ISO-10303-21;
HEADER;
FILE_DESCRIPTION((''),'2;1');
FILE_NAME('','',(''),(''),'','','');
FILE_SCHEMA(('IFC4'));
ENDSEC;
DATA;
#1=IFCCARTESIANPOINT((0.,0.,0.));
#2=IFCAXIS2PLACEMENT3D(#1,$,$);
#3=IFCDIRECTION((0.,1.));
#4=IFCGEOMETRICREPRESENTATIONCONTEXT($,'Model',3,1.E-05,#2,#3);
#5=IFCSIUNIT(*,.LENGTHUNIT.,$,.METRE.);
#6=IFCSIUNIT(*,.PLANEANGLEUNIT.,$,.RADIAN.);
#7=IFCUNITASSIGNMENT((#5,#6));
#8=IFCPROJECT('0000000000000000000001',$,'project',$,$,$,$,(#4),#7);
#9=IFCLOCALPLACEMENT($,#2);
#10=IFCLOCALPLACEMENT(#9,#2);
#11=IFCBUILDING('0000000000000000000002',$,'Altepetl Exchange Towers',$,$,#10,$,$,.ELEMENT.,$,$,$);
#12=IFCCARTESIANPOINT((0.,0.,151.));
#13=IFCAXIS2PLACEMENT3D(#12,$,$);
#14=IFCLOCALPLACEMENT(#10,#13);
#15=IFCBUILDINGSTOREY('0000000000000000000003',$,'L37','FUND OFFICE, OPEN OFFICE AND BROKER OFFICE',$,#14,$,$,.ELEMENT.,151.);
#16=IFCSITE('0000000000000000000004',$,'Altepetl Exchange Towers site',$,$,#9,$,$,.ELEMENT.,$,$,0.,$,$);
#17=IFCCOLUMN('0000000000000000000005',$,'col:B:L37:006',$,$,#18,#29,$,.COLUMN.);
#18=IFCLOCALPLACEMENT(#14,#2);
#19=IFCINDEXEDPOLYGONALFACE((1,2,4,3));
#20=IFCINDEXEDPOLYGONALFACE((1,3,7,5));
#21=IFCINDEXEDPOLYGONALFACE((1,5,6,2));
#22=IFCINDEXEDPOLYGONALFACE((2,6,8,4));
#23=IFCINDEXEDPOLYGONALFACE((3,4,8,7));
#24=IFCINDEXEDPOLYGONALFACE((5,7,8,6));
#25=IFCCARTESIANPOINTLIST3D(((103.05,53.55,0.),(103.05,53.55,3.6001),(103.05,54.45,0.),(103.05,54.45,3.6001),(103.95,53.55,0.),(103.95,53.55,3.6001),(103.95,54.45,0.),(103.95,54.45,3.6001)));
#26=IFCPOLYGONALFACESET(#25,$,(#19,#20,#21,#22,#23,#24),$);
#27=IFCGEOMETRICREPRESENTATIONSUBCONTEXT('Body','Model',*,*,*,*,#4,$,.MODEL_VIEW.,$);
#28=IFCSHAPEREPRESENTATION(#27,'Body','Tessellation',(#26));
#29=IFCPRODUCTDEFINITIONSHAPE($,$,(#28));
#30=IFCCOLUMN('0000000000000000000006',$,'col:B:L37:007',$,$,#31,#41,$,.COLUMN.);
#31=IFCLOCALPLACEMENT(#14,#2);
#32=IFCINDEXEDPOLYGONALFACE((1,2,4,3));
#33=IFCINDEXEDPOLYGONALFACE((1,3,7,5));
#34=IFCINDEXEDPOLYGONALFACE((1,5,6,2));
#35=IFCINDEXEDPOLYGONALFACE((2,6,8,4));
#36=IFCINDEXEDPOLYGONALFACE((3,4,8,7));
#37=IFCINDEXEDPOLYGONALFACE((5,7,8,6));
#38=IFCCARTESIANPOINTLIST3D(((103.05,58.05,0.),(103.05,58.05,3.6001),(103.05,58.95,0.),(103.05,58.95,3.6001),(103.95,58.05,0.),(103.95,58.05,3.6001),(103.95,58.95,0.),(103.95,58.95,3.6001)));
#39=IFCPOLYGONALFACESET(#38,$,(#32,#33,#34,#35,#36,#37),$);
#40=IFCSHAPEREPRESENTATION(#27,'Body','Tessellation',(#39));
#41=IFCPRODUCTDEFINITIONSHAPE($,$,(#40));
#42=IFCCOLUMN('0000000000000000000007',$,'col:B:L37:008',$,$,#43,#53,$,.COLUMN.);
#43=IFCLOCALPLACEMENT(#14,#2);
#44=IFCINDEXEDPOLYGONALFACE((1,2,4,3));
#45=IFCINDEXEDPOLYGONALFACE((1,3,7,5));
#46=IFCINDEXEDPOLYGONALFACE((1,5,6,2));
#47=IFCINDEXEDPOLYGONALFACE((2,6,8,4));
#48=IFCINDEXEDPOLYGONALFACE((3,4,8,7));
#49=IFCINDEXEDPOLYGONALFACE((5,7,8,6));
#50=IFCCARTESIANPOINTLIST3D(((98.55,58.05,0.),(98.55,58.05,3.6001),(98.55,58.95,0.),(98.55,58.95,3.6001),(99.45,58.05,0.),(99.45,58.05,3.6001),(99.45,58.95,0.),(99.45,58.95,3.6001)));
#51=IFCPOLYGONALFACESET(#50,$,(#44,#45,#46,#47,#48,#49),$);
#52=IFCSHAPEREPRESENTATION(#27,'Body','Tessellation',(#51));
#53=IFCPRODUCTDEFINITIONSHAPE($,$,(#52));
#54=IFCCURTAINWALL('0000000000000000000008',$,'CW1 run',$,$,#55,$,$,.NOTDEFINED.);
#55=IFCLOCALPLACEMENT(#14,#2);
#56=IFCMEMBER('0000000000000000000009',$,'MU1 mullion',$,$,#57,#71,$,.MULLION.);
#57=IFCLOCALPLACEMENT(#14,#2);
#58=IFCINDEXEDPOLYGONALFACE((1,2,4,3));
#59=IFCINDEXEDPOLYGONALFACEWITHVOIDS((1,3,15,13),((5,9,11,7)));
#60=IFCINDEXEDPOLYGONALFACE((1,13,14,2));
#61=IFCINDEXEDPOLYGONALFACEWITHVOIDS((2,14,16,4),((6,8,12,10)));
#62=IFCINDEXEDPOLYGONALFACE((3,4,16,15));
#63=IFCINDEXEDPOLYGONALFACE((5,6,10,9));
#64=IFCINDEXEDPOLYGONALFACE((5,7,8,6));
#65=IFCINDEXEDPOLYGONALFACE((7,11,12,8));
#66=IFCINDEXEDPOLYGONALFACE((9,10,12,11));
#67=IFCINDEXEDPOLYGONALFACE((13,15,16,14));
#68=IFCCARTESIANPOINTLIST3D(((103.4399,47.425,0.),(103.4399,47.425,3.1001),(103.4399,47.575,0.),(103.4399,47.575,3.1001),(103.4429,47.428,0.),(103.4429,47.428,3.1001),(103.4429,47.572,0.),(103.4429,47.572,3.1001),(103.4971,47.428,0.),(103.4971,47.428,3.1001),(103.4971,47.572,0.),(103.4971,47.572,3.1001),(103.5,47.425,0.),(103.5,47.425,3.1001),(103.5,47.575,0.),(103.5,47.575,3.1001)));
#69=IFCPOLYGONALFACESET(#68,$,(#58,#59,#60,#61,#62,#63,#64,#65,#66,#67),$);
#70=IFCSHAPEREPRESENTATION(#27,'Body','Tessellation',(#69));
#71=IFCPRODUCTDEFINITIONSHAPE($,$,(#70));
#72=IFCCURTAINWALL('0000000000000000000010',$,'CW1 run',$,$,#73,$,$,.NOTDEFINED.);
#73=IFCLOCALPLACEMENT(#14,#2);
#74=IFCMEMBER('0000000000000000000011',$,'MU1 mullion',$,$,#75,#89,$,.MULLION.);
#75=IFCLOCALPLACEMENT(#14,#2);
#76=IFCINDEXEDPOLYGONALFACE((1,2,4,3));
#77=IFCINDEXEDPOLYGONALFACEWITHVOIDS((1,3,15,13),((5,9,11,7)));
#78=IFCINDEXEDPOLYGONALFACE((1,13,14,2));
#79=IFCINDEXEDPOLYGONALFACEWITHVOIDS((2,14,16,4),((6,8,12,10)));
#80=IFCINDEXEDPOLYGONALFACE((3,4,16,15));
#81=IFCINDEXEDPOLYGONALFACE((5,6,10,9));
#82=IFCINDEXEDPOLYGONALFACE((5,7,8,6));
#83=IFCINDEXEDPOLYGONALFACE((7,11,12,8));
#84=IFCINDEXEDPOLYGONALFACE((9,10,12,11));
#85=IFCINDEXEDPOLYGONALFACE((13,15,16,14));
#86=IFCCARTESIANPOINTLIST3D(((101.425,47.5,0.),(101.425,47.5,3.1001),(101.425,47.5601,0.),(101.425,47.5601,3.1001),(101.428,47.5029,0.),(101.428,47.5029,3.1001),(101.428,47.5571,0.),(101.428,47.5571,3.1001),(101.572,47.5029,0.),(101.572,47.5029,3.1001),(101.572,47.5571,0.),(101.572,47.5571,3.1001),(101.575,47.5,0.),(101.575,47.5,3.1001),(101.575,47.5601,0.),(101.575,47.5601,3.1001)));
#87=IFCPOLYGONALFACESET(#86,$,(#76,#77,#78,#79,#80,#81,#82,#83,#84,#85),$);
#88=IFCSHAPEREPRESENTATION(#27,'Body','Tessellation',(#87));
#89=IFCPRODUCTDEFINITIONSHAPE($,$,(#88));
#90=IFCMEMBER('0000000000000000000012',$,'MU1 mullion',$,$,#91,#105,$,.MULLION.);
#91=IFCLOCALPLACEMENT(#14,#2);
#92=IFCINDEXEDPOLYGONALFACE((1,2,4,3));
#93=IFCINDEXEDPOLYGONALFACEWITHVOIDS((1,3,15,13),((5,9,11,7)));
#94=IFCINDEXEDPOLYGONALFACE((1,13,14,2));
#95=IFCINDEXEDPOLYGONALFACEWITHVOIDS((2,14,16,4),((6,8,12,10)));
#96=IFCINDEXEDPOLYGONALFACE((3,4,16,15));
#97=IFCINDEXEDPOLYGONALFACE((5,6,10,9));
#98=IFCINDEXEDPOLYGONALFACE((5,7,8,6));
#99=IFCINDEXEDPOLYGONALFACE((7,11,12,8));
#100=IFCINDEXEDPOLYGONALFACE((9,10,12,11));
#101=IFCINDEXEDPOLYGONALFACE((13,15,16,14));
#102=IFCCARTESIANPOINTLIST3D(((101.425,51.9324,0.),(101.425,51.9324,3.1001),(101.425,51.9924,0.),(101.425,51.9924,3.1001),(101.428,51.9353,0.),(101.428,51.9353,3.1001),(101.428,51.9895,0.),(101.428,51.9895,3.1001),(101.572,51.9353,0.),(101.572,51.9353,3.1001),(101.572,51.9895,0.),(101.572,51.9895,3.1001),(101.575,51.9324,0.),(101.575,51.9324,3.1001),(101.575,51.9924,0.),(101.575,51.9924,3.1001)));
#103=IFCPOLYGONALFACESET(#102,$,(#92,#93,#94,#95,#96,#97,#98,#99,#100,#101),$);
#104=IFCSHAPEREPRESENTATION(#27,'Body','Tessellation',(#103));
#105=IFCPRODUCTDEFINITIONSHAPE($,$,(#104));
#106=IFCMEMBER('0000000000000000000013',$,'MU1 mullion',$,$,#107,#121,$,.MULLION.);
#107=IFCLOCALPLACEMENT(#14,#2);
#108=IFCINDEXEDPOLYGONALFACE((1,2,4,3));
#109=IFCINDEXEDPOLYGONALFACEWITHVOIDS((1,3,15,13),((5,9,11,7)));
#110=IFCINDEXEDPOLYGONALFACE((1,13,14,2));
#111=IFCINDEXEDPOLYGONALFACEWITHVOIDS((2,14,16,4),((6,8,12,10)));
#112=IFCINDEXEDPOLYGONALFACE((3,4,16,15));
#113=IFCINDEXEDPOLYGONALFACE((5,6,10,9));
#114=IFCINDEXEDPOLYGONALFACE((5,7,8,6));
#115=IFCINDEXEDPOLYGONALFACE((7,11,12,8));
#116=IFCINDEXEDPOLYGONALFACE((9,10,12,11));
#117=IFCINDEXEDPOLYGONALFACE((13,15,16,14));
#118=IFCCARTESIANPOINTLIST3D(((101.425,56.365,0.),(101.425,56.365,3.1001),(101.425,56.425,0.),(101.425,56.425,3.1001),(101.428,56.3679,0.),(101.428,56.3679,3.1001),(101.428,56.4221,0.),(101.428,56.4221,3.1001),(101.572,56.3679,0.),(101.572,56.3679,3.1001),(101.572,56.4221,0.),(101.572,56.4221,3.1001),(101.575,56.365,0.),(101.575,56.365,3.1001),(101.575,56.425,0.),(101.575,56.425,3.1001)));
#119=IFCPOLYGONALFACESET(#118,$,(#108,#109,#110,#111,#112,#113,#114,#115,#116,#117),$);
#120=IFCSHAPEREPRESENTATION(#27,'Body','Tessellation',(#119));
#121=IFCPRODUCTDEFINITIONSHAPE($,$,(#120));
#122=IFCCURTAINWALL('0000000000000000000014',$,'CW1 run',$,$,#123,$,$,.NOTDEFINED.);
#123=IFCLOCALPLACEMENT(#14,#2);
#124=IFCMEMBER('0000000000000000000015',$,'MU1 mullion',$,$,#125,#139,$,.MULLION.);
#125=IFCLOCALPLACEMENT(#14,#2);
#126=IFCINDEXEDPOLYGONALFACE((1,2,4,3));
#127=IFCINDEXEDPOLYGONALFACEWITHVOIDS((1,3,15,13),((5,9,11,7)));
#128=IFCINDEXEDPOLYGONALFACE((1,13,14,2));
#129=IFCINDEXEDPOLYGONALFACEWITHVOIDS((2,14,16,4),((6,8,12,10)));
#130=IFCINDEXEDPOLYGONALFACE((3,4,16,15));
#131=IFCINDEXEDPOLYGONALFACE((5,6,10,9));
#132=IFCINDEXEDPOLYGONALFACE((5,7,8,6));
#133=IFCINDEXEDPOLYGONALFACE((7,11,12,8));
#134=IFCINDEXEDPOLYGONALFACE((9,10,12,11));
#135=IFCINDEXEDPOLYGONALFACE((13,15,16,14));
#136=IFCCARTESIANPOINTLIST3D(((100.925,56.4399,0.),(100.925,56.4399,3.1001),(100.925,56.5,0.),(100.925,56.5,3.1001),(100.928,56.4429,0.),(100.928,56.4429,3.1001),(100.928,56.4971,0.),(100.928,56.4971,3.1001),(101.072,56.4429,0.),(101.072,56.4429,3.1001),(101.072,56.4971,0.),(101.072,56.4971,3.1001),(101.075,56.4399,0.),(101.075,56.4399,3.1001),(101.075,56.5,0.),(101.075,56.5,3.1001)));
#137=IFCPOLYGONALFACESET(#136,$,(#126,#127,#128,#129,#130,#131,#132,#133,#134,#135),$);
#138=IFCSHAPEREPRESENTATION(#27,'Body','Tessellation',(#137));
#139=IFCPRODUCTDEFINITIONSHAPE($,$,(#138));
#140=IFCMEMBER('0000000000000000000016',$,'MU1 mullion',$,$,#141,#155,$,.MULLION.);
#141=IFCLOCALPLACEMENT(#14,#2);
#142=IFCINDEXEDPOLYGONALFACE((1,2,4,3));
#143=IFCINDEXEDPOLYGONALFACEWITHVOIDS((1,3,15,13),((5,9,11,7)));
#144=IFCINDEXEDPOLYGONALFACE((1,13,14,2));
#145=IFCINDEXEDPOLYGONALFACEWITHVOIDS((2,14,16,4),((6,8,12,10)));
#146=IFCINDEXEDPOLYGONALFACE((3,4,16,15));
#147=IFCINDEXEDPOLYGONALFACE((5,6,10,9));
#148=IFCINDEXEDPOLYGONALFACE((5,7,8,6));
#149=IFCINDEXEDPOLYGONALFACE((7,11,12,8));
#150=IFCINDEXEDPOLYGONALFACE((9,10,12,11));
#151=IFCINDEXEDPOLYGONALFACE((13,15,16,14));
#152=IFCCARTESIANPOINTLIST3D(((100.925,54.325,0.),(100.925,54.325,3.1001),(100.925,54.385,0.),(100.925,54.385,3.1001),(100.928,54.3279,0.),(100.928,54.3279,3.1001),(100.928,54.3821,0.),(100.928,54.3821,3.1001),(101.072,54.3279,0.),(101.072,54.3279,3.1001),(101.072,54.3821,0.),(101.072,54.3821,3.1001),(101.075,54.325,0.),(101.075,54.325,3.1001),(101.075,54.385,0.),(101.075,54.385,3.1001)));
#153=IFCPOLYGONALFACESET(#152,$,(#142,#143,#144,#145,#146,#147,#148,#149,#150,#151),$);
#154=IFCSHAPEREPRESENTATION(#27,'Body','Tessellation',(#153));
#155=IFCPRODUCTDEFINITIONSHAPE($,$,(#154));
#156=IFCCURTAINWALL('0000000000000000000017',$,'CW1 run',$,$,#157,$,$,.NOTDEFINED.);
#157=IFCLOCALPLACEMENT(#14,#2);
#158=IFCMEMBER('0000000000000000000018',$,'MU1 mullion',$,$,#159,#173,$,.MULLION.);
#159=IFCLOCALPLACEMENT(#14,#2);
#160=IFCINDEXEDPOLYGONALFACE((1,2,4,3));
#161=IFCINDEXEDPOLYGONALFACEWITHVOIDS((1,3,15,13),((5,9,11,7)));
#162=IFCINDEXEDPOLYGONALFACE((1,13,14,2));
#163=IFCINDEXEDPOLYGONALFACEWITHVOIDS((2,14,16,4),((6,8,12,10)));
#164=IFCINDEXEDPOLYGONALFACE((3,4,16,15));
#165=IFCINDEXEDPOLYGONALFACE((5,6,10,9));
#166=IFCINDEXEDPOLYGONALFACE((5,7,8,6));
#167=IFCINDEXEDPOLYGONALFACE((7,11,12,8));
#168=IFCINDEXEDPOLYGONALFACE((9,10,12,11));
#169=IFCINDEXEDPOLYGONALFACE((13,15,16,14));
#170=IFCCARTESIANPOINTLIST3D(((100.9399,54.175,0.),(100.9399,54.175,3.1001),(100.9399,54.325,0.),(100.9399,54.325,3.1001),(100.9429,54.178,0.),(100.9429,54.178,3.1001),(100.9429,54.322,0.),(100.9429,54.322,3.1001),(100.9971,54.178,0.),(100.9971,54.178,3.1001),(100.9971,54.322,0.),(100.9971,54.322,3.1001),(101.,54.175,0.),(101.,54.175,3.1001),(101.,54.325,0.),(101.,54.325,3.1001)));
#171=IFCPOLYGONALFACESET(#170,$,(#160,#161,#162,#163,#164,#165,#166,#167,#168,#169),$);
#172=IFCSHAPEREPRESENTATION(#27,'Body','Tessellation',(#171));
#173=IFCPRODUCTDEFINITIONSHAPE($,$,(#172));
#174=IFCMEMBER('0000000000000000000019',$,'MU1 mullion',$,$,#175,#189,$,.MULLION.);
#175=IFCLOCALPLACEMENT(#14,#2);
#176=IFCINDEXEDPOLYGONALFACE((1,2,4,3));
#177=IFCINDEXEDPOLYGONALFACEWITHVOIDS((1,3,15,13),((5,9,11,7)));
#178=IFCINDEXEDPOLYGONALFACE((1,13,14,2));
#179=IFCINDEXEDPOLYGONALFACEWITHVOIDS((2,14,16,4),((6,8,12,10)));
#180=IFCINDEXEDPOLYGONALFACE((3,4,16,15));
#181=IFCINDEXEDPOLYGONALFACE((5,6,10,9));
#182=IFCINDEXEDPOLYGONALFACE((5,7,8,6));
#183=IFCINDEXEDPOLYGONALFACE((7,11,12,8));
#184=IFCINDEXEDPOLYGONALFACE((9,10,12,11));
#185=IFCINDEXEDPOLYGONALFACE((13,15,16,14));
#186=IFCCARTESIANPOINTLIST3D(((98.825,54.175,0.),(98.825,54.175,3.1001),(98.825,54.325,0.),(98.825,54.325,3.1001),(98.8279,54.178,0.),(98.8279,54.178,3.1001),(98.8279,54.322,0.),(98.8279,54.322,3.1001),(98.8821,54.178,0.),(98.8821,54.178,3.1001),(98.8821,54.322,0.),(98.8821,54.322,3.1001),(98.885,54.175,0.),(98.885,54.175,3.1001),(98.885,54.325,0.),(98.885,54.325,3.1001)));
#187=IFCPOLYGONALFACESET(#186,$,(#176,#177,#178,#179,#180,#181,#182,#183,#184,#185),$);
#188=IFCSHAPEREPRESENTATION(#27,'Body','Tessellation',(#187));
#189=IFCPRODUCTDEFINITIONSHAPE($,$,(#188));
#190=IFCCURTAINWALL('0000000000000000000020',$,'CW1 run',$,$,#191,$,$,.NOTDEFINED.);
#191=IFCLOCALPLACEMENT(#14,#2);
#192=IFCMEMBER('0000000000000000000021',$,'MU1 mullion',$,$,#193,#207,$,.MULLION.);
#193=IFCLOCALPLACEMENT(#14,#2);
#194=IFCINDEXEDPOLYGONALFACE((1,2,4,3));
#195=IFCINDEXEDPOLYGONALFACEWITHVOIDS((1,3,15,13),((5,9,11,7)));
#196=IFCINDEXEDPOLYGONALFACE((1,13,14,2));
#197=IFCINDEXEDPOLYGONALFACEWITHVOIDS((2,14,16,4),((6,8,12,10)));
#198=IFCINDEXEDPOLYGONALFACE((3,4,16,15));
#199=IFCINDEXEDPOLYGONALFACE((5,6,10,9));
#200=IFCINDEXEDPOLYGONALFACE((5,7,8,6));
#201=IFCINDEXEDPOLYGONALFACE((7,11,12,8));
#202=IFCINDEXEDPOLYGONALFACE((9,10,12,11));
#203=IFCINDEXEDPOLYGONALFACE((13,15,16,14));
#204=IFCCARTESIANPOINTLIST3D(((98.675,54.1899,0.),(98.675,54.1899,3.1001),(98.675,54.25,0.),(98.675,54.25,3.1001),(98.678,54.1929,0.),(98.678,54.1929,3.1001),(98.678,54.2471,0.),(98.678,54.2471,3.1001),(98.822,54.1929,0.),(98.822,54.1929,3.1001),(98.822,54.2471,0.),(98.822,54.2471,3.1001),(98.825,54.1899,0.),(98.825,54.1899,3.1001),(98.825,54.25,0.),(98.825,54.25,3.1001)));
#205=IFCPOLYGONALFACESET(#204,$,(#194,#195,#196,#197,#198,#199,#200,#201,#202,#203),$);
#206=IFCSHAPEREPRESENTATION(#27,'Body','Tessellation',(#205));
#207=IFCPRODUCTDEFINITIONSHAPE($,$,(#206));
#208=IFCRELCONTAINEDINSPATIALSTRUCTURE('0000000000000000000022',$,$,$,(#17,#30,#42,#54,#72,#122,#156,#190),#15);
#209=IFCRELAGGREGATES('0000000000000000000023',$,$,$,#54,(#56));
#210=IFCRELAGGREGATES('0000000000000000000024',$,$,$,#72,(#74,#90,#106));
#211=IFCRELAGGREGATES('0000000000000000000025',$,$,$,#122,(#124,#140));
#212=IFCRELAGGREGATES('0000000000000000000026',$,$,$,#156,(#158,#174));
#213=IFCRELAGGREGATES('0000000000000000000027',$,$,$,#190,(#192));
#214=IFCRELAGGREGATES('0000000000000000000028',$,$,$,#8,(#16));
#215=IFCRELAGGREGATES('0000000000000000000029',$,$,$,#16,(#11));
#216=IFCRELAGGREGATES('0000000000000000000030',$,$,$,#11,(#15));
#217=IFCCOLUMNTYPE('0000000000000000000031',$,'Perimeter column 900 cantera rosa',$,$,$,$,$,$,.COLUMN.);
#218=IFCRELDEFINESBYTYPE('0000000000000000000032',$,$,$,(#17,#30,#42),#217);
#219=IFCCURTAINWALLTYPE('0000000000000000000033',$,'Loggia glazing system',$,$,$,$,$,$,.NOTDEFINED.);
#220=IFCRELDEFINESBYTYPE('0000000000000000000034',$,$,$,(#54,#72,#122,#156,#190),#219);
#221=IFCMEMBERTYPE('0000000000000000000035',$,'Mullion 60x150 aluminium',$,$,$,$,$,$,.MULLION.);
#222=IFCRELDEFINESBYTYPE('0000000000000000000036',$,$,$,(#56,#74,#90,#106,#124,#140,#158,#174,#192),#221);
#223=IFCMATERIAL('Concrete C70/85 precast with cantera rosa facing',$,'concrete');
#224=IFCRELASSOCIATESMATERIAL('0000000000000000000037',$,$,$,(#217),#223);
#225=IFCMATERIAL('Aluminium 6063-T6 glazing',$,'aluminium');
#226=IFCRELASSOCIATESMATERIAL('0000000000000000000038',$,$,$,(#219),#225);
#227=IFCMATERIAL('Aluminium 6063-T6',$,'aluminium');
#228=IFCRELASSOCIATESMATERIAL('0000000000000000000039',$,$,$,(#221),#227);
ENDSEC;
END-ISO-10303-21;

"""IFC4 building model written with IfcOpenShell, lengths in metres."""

from ifc_helpers import new_model, si_unit, direction, frame, origin, origin_2d, place, context, subcontext, project, spatial, rectangle, hollow_rectangle, extrude, material, material_profile, profile_set, type_object, element, aggregate, save


model = new_model("IFC4")

# Units and contexts
model_context = context("Model", 3, precision=1e-05, world=origin(), true_north=direction((0.0, 1.0)))
body_context = subcontext(model_context, "Body", "Model", "MODEL_VIEW")
ifc_project = project(units=[si_unit("LENGTHUNIT", "METRE"), si_unit("PLANEANGLEUNIT", "RADIAN")], contexts=[model_context])

# Site, building, storey
site_placement = place(None, origin())
site = spatial("IfcSite", under=ifc_project, at=site_placement, Name="Altepetl Exchange Towers site", CompositionType="ELEMENT", RefElevation=0.0)
building_placement = place(site_placement, origin())
building = spatial("IfcBuilding", under=site, at=building_placement, Name="Altepetl Exchange Towers", CompositionType="ELEMENT")
storey_placement = place(building_placement, frame((0.0, 0.0, 151.0)))
storey = spatial("IfcBuildingStorey", under=building, at=storey_placement, Name="L37", Description="FUND OFFICE, OPEN OFFICE AND BROKER OFFICE", CompositionType="ELEMENT", Elevation=151.0)

# Columns
ifc_material_1 = material(Name="Concrete C70/85 precast with cantera rosa facing", Category="concrete")
ifc_material_profile_1 = material_profile(ifc_material_1, rectangle(XDim=0.8999, YDim=0.8999, at=origin_2d()), Name="900 x 900")
ifc_profile_set_1 = profile_set([ifc_material_profile_1], Name="Concrete C70/85 precast with cantera rosa facing")
column_type = type_object("IfcColumnType", Name="Perimeter column 900 cantera rosa", PredefinedType="COLUMN", material=ifc_profile_set_1)
for number, where, name in (
    (1, (103.5, 54.0, 0.0), "col:B:L37:006"),
    (2, (103.5, 58.5, 0.0), "col:B:L37:007"),
    (3, (99.0, 58.5, 0.0), "col:B:L37:008"),
):
    element("IfcColumn", number, at=place(storey_placement, frame(where)), inside=storey, type_object=column_type, Name=name, PredefinedType="COLUMN", context=body_context, shape_type="SweptSolid", body=[
        extrude(rectangle(XDim=0.8999, YDim=0.8999, at=origin_2d()), origin(), (0.0, 0.0, 1.0), 3.6001),
    ])

# Curtain wall, member
ifc_material_2 = material(Name="Aluminium 6063-T6 glazing", Category="aluminium")
curtain_wall_type = type_object("IfcCurtainWallType", Name="Loggia glazing system", PredefinedType="NOTDEFINED", material=ifc_material_2)
curtain_wall_1_placement = place(storey_placement, origin())
curtain_wall_1 = element("IfcCurtainWall", 4, at=curtain_wall_1_placement, inside=storey, type_object=curtain_wall_type, Name="CW1 run", PredefinedType="NOTDEFINED")
ifc_material_3 = material(Name="Aluminium 6063-T6", Category="aluminium")
ifc_material_profile_2 = material_profile(ifc_material_3, hollow_rectangle(XDim=0.0601, YDim=0.1499, WallThickness=0.0029, at=origin_2d()), Name="Mullion 60x150 aluminium")
ifc_profile_set_2 = profile_set([ifc_material_profile_2], Name="Aluminium 6063-T6")
member_type = type_object("IfcMemberType", Name="Mullion 60x150 aluminium", PredefinedType="MULLION", material=ifc_profile_set_2)
member_1_placement = place(storey_placement, frame((103.47, 47.5, 0.0), z_axis=(0.0, 0.0, 1.0), x_axis=(-1.0, 0.0, 0.0)))
member_1 = element("IfcMember", 5, at=member_1_placement, type_object=member_type, Name="MU1 mullion", PredefinedType="MULLION", context=body_context, shape_type="SweptSolid", body=[
    extrude(hollow_rectangle(XDim=0.0601, YDim=0.1499, WallThickness=0.0029, at=origin_2d()), origin(), (0.0, 0.0, 1.0), 3.1001),
])
aggregate(curtain_wall_1, [member_1])

# Curtain walls, members
curtain_wall_2_placement = place(storey_placement, origin())
curtain_wall_2 = element("IfcCurtainWall", 6, at=curtain_wall_2_placement, inside=storey, type_object=curtain_wall_type, Name="CW1 run", PredefinedType="NOTDEFINED")
member_2_placement = place(storey_placement, frame((101.5, 47.53, 0.0), z_axis=(0.0, 0.0, 1.0), x_axis=(0.0, 1.0, 0.0)))
member_2 = element("IfcMember", 7, at=member_2_placement, type_object=member_type, Name="MU1 mullion", PredefinedType="MULLION", context=body_context, shape_type="SweptSolid", body=[
    extrude(hollow_rectangle(XDim=0.0601, YDim=0.1499, WallThickness=0.0029, at=origin_2d()), origin(), (0.0, 0.0, 1.0), 3.1001),
])
member_3_placement = place(storey_placement, frame((101.5, 51.9624, 0.0), z_axis=(0.0, 0.0, 1.0), x_axis=(0.0, 1.0, 0.0)))
member_3 = element("IfcMember", 8, at=member_3_placement, type_object=member_type, Name="MU1 mullion", PredefinedType="MULLION", context=body_context, shape_type="SweptSolid", body=[
    extrude(hollow_rectangle(XDim=0.0601, YDim=0.1499, WallThickness=0.0029, at=origin_2d()), origin(), (0.0, 0.0, 1.0), 3.1001),
])
member_4_placement = place(storey_placement, frame((101.5, 56.395, 0.0), z_axis=(0.0, 0.0, 1.0), x_axis=(0.0, 1.0, 0.0)))
member_4 = element("IfcMember", 9, at=member_4_placement, type_object=member_type, Name="MU1 mullion", PredefinedType="MULLION", context=body_context, shape_type="SweptSolid", body=[
    extrude(hollow_rectangle(XDim=0.0601, YDim=0.1499, WallThickness=0.0029, at=origin_2d()), origin(), (0.0, 0.0, 1.0), 3.1001),
])
curtain_wall_3_placement = place(storey_placement, origin())
curtain_wall_3 = element("IfcCurtainWall", 10, at=curtain_wall_3_placement, inside=storey, type_object=curtain_wall_type, Name="CW1 run", PredefinedType="NOTDEFINED")
member_5_placement = place(storey_placement, frame((101.0, 56.47, 0.0), z_axis=(0.0, 0.0, 1.0), x_axis=(0.0, -1.0, 0.0)))
member_5 = element("IfcMember", 11, at=member_5_placement, type_object=member_type, Name="MU1 mullion", PredefinedType="MULLION", context=body_context, shape_type="SweptSolid", body=[
    extrude(hollow_rectangle(XDim=0.0601, YDim=0.1499, WallThickness=0.0029, at=origin_2d()), origin(), (0.0, 0.0, 1.0), 3.1001),
])
member_6_placement = place(storey_placement, frame((101.0, 54.355, 0.0), z_axis=(0.0, 0.0, 1.0), x_axis=(0.0, -1.0, 0.0)))
member_6 = element("IfcMember", 12, at=member_6_placement, type_object=member_type, Name="MU1 mullion", PredefinedType="MULLION", context=body_context, shape_type="SweptSolid", body=[
    extrude(hollow_rectangle(XDim=0.0601, YDim=0.1499, WallThickness=0.0029, at=origin_2d()), origin(), (0.0, 0.0, 1.0), 3.1001),
])
curtain_wall_4_placement = place(storey_placement, origin())
curtain_wall_4 = element("IfcCurtainWall", 13, at=curtain_wall_4_placement, inside=storey, type_object=curtain_wall_type, Name="CW1 run", PredefinedType="NOTDEFINED")
member_7_placement = place(storey_placement, frame((100.97, 54.25, 0.0), z_axis=(0.0, 0.0, 1.0), x_axis=(-1.0, 0.0, 0.0)))
member_7 = element("IfcMember", 14, at=member_7_placement, type_object=member_type, Name="MU1 mullion", PredefinedType="MULLION", context=body_context, shape_type="SweptSolid", body=[
    extrude(hollow_rectangle(XDim=0.0601, YDim=0.1499, WallThickness=0.0029, at=origin_2d()), origin(), (0.0, 0.0, 1.0), 3.1001),
])
member_8_placement = place(storey_placement, frame((98.855, 54.25, 0.0), z_axis=(0.0, 0.0, 1.0), x_axis=(-1.0, 0.0, 0.0)))
member_8 = element("IfcMember", 15, at=member_8_placement, type_object=member_type, Name="MU1 mullion", PredefinedType="MULLION", context=body_context, shape_type="SweptSolid", body=[
    extrude(hollow_rectangle(XDim=0.0601, YDim=0.1499, WallThickness=0.0029, at=origin_2d()), origin(), (0.0, 0.0, 1.0), 3.1001),
])
curtain_wall_5_placement = place(storey_placement, origin())
curtain_wall_5 = element("IfcCurtainWall", 16, at=curtain_wall_5_placement, inside=storey, type_object=curtain_wall_type, Name="CW1 run", PredefinedType="NOTDEFINED")
member_9_placement = place(storey_placement, frame((98.75, 54.22, 0.0), z_axis=(0.0, 0.0, 1.0), x_axis=(0.0, -1.0, 0.0)))
member_9 = element("IfcMember", 17, at=member_9_placement, type_object=member_type, Name="MU1 mullion", PredefinedType="MULLION", context=body_context, shape_type="SweptSolid", body=[
    extrude(hollow_rectangle(XDim=0.0601, YDim=0.1499, WallThickness=0.0029, at=origin_2d()), origin(), (0.0, 0.0, 1.0), 3.1001),
])

aggregate(curtain_wall_2, [member_2, member_3, member_4])
aggregate(curtain_wall_3, [member_5, member_6])
aggregate(curtain_wall_4, [member_7, member_8])
aggregate(curtain_wall_5, [member_9])

save(model, "model.ifc")
